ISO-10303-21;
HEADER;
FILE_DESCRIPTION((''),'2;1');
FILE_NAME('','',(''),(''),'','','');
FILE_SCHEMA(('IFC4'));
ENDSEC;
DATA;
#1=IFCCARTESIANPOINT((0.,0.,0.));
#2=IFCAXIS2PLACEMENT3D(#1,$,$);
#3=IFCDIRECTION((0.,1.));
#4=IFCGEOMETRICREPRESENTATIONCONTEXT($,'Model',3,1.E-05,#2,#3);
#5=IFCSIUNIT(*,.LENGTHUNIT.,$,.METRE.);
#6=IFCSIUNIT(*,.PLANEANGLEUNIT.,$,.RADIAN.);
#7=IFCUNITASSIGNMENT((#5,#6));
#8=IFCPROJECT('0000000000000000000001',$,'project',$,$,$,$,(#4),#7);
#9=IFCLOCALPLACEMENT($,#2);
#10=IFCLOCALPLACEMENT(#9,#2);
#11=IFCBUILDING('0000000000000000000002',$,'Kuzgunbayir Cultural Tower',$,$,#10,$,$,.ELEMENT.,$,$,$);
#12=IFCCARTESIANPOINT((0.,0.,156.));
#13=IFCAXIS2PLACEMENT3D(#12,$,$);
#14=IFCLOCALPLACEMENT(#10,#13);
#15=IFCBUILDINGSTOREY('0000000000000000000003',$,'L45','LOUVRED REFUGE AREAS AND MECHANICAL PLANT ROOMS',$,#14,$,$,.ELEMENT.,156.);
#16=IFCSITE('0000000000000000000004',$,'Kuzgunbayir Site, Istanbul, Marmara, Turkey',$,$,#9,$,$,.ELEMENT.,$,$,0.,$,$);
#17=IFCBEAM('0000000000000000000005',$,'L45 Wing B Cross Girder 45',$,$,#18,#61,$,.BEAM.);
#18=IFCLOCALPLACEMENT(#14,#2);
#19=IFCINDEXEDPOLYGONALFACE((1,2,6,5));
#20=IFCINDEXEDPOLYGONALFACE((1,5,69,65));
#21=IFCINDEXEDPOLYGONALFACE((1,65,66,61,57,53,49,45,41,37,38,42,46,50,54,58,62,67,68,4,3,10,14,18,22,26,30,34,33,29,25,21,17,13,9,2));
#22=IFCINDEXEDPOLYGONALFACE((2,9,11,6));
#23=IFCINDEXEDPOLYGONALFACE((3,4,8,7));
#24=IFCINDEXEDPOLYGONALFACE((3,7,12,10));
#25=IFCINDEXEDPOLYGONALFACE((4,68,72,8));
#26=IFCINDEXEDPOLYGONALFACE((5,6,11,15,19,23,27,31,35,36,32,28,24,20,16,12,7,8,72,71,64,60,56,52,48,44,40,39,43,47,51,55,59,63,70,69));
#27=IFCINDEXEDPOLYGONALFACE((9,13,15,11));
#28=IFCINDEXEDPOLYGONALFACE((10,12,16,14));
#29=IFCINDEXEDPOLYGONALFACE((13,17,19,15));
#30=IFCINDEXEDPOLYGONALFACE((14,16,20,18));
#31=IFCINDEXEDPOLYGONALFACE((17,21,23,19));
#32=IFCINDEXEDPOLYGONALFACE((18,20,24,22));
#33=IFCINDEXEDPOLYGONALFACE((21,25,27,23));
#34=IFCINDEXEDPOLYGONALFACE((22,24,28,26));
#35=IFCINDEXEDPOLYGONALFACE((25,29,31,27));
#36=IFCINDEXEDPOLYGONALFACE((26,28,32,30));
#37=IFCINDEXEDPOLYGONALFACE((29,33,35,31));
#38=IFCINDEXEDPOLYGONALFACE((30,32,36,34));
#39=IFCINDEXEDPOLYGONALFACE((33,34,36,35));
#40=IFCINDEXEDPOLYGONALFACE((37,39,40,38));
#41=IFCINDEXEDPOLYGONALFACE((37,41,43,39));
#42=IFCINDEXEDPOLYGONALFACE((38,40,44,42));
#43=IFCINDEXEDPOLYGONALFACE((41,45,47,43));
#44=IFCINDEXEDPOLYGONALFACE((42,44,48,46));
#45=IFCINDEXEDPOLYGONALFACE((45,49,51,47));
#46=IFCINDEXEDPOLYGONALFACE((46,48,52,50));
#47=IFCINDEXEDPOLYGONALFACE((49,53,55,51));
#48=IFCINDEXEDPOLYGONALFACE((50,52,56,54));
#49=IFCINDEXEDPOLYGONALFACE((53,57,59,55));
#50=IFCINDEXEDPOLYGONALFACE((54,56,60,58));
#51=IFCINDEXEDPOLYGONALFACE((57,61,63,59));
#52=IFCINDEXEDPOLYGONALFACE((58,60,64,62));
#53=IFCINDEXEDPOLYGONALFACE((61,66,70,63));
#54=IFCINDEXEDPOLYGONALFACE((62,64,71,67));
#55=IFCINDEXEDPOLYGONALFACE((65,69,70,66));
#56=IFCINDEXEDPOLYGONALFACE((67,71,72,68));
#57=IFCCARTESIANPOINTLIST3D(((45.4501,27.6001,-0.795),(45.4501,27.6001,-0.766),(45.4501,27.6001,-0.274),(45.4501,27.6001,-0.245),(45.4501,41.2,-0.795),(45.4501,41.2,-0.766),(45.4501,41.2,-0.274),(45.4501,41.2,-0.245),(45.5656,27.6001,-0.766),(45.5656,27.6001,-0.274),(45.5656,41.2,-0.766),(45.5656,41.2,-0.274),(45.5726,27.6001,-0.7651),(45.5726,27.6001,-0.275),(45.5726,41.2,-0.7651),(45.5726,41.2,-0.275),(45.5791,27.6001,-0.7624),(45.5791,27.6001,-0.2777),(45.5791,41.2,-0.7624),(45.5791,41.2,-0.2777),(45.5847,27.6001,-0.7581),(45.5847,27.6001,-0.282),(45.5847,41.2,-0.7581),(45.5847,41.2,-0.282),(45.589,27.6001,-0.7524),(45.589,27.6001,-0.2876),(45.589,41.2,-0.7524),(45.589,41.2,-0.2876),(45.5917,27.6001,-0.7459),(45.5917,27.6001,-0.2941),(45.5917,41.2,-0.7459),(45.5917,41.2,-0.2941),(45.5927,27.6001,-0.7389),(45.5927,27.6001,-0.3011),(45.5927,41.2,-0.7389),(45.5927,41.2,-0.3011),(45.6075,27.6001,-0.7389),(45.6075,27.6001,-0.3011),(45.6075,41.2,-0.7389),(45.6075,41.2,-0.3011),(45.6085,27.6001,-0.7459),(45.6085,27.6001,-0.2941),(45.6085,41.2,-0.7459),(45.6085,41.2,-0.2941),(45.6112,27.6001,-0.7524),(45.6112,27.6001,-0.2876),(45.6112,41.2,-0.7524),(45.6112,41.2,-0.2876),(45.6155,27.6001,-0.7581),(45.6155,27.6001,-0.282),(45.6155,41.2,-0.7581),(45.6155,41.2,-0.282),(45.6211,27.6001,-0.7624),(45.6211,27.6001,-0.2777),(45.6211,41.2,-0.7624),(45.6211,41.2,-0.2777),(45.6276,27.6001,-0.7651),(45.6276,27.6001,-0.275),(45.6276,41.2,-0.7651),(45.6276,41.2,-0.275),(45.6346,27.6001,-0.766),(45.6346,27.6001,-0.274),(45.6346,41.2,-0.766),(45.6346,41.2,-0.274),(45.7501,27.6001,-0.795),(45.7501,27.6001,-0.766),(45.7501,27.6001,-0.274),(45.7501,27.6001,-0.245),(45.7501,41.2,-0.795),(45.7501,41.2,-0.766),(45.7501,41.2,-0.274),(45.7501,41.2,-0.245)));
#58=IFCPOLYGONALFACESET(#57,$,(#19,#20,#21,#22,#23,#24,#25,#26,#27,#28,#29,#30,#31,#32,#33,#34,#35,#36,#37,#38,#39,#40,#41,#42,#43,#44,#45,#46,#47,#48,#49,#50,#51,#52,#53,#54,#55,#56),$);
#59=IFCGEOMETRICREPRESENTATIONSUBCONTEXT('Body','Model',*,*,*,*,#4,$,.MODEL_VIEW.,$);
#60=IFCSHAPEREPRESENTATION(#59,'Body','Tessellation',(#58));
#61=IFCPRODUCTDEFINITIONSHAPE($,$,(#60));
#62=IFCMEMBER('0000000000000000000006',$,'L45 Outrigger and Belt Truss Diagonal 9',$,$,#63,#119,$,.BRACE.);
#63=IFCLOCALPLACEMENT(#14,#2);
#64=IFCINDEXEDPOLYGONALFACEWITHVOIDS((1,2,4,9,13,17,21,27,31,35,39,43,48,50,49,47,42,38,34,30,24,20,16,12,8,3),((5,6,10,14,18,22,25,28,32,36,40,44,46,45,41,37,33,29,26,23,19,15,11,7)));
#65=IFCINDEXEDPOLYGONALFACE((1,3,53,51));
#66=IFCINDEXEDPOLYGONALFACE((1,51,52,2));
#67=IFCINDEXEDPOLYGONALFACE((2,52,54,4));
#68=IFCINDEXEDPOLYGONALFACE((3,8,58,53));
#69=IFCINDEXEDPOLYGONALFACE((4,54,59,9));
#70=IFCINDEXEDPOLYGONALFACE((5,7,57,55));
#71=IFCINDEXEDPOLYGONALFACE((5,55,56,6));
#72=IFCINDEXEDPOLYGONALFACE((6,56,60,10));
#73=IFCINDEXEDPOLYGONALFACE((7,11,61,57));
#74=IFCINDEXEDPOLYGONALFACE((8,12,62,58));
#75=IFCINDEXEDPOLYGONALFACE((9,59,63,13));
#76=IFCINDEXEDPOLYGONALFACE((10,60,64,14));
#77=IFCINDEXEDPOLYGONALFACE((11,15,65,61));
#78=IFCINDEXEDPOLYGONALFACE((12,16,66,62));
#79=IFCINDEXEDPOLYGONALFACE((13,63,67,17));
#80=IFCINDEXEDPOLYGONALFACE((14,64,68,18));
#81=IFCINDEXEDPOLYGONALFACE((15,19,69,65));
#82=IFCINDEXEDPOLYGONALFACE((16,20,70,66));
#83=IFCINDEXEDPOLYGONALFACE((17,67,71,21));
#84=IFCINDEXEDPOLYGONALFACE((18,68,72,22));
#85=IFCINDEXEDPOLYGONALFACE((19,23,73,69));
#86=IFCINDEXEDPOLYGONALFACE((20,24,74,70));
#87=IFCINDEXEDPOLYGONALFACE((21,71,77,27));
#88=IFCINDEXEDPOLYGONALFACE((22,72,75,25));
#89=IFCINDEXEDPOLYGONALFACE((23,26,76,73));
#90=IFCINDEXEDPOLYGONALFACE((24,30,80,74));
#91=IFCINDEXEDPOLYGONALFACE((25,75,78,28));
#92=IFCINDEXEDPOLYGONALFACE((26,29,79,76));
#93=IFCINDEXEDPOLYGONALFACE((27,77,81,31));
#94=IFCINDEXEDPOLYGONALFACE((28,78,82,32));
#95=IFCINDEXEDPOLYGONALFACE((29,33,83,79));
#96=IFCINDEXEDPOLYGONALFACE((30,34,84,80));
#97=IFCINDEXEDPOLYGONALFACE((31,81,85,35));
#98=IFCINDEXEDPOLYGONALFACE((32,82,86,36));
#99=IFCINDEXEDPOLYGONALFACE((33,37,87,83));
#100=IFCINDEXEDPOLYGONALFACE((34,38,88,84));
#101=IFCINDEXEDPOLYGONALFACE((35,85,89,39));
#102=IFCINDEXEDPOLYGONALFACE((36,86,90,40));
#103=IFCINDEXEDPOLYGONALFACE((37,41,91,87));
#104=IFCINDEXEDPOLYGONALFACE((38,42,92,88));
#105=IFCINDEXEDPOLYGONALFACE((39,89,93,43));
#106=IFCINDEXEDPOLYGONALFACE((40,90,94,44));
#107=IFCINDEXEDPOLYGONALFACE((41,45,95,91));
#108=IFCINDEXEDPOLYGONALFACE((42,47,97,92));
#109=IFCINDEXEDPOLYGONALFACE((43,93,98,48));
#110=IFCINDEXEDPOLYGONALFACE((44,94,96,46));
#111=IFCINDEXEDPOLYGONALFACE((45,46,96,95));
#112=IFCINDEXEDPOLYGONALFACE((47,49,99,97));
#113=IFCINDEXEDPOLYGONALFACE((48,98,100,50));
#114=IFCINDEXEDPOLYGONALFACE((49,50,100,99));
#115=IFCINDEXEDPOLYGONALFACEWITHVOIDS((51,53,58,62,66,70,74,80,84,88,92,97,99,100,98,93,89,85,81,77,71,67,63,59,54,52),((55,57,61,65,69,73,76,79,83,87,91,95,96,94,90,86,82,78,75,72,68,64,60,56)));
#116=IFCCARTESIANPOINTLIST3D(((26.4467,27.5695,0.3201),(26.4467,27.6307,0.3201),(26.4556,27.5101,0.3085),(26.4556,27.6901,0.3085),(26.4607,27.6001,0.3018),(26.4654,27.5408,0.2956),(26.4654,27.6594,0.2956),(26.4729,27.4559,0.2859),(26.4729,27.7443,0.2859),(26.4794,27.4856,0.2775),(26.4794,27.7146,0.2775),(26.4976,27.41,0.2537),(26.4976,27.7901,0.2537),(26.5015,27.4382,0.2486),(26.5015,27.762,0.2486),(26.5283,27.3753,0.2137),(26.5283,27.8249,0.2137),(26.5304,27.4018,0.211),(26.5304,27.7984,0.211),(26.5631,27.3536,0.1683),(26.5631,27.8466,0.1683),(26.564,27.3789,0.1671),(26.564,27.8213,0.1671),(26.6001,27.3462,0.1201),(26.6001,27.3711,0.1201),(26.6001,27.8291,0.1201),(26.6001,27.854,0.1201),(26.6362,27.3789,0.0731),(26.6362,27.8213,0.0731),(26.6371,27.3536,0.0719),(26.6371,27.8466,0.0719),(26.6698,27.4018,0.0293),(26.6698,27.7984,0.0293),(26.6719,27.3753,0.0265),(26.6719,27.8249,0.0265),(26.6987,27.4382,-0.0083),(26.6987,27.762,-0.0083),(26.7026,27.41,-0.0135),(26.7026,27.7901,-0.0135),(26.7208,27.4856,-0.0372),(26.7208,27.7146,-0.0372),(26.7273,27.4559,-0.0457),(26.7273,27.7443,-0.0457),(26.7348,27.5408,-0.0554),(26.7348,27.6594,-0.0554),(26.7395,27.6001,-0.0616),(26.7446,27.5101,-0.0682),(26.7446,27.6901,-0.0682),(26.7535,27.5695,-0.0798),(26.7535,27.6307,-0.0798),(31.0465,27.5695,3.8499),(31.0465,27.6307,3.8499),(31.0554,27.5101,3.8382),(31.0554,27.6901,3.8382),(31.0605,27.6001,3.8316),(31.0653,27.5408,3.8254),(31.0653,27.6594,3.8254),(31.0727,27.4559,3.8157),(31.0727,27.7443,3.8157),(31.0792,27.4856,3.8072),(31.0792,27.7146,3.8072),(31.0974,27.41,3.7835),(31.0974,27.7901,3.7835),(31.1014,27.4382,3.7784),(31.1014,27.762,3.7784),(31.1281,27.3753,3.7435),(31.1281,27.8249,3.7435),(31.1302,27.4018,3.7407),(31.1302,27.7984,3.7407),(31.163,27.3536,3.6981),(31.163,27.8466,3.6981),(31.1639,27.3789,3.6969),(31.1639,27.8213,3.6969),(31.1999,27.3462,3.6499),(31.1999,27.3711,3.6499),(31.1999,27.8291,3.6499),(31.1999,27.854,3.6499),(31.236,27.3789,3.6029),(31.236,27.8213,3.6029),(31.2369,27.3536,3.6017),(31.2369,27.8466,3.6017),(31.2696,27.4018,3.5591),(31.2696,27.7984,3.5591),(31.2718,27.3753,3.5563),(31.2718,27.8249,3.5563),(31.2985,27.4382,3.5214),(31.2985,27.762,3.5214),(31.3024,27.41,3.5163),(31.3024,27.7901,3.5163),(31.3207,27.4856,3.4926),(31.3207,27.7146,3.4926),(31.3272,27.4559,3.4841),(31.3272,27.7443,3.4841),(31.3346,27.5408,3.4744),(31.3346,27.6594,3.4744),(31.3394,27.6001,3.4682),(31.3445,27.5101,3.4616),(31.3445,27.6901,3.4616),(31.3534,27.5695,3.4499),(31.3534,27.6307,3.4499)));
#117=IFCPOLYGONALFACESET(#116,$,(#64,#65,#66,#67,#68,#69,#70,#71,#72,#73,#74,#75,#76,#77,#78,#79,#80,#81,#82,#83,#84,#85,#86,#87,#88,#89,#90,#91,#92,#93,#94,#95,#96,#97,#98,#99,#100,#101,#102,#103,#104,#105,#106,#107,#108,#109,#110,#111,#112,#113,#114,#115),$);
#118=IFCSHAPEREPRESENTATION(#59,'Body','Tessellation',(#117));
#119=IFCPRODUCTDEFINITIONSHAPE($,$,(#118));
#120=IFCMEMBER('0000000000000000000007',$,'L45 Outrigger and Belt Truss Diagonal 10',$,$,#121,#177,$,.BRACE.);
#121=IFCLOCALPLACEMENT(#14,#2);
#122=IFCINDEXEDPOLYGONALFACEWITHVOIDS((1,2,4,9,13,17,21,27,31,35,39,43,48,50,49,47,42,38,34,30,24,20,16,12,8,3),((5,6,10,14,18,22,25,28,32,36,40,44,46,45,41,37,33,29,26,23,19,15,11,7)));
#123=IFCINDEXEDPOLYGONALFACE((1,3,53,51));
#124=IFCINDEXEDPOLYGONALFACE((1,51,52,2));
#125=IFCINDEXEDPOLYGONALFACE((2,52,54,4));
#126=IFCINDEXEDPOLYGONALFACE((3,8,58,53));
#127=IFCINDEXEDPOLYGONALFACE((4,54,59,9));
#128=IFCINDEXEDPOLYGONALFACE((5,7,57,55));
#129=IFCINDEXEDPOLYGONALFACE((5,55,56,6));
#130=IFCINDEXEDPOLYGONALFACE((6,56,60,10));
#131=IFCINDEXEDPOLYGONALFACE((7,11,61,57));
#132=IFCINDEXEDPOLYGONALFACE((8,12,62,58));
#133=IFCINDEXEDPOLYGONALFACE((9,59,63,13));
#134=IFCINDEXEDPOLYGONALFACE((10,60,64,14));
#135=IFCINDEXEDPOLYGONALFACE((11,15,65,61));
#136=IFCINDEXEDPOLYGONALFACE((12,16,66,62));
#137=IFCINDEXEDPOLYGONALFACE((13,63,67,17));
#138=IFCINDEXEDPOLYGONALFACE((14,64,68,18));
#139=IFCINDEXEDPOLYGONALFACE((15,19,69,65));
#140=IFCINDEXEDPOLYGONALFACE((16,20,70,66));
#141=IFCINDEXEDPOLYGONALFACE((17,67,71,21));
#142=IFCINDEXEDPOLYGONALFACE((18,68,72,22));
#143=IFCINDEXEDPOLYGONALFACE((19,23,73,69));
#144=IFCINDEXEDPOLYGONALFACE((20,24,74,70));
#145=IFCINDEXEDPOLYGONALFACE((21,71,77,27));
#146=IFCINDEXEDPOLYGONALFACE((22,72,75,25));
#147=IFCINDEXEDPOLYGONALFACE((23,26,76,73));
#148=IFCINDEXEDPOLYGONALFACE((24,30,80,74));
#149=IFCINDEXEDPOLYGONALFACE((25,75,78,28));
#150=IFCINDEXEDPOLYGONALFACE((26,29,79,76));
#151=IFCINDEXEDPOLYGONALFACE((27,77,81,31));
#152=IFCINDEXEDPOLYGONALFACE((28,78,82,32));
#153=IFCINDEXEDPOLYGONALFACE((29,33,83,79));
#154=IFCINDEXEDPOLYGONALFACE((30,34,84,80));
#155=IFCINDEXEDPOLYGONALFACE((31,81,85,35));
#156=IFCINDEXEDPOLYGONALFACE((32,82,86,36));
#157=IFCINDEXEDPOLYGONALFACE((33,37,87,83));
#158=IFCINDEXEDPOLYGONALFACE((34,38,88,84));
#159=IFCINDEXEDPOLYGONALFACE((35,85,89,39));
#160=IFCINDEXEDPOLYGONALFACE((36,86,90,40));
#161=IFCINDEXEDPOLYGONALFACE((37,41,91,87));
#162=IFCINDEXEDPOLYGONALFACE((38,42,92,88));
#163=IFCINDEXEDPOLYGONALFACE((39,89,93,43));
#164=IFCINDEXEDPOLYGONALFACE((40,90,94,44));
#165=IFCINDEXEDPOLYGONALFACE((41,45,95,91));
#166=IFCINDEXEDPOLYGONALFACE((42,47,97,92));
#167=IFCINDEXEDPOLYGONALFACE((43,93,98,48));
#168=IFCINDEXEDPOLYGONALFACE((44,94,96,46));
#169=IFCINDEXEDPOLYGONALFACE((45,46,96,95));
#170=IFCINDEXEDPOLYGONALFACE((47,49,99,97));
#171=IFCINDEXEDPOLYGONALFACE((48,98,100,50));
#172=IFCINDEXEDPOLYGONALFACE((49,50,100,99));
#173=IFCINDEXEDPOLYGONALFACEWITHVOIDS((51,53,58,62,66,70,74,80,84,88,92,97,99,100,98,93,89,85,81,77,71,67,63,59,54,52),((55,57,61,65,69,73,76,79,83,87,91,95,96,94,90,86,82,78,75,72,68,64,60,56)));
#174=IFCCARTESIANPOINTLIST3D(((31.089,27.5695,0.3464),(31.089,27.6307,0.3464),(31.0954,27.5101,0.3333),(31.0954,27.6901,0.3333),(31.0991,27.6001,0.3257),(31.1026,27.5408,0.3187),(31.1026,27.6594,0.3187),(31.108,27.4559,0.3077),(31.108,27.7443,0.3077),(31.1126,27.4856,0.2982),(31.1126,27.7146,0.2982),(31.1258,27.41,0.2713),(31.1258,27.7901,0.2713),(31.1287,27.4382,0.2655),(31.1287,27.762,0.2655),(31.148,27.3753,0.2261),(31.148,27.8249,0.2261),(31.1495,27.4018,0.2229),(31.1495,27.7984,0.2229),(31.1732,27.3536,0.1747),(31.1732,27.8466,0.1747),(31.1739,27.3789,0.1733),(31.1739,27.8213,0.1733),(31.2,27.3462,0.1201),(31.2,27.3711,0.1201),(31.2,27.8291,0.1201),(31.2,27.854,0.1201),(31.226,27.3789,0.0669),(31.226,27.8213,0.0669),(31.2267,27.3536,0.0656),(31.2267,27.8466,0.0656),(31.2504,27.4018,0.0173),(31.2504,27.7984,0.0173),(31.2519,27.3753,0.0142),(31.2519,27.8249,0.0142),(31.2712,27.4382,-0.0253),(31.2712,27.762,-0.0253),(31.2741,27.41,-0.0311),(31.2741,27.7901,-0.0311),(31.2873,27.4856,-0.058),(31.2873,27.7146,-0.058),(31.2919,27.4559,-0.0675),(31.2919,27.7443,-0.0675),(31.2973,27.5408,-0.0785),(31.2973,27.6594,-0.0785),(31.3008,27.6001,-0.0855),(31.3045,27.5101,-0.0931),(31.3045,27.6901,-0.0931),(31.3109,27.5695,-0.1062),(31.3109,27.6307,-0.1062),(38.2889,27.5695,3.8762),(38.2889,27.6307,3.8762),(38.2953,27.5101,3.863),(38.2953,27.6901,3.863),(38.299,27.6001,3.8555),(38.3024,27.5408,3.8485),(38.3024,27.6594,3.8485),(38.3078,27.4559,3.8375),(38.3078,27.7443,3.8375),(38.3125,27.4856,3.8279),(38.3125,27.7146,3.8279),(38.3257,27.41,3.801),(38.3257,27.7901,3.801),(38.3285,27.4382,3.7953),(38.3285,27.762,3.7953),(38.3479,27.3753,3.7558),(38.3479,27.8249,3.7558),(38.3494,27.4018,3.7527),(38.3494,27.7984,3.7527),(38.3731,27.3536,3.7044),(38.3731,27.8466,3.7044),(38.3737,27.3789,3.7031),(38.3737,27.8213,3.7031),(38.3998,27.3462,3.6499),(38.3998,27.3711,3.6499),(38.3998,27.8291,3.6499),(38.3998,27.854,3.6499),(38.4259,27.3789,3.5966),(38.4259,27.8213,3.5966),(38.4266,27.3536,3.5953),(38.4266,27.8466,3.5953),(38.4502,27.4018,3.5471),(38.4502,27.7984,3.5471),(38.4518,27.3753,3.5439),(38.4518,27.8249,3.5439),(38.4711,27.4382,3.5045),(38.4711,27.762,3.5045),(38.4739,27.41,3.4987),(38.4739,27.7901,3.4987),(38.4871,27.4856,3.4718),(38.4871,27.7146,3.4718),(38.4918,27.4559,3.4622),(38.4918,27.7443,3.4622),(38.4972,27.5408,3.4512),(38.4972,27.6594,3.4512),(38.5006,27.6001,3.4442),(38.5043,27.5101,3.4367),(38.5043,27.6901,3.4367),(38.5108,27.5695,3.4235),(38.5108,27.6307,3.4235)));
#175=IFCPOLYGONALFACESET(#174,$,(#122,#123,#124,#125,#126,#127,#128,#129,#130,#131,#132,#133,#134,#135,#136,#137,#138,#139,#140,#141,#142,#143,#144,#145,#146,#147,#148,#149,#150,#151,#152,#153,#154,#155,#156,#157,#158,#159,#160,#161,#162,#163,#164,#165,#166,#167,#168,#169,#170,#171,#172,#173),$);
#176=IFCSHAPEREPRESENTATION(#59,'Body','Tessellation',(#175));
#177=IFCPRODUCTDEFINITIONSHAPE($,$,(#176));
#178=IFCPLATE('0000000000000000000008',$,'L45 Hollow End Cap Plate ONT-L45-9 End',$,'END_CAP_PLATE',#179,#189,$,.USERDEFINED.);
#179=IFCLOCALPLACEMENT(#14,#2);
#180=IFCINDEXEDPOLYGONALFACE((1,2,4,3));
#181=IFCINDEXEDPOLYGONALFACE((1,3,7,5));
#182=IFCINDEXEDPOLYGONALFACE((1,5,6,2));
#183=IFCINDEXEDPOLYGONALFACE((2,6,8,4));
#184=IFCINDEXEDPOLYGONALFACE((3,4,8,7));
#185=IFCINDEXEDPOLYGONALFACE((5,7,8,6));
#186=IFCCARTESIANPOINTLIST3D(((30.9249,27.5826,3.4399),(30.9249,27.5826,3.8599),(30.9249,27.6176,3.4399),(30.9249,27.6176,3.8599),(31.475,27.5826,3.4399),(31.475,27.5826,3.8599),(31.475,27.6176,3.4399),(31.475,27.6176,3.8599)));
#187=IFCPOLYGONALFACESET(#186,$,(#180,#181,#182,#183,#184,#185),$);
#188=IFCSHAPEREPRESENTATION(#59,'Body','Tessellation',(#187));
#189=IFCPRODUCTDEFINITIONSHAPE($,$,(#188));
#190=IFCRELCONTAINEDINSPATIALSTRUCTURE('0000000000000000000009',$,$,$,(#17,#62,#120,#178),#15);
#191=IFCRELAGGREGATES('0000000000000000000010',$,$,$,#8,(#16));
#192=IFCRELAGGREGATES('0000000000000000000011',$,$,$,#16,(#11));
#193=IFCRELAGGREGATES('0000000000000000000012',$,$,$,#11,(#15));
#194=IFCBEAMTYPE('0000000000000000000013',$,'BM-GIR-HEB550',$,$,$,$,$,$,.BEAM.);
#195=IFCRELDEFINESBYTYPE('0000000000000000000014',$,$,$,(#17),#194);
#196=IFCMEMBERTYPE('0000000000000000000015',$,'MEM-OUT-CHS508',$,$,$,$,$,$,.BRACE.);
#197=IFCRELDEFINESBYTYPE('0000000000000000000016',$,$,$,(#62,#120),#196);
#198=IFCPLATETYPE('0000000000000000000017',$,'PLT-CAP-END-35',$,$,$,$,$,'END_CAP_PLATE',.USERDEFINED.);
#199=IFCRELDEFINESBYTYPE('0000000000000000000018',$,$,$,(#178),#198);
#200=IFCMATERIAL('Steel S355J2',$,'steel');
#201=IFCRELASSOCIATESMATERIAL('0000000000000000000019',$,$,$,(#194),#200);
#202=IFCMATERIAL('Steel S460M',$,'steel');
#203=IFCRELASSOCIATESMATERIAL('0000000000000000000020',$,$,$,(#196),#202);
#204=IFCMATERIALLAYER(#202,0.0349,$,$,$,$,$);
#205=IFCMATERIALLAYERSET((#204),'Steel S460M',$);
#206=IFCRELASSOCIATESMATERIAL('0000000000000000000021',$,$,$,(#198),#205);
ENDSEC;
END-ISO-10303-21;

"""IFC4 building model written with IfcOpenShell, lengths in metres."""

from ifc_helpers import new_model, si_unit, direction, frame, origin, origin_2d, place, context, subcontext, project, spatial, rectangle, hollow_circle, i_section, extrude, material, layer, layer_set, material_profile, profile_set, type_object, element, save


model = new_model("IFC4")

# Units and contexts
model_context = context("Model", 3, precision=1e-05, world=origin(), true_north=direction((0.0, 1.0)))
body_context = subcontext(model_context, "Body", "Model", "MODEL_VIEW")
ifc_project = project(units=[si_unit("LENGTHUNIT", "METRE"), si_unit("PLANEANGLEUNIT", "RADIAN")], contexts=[model_context])

# Site, building, storey
site_placement = place(None, origin())
site = spatial("IfcSite", under=ifc_project, at=site_placement, Name="Kuzgunbayir Site, Istanbul, Marmara, Turkey", CompositionType="ELEMENT", RefElevation=0.0)
building_placement = place(site_placement, origin())
building = spatial("IfcBuilding", under=site, at=building_placement, Name="Kuzgunbayir Cultural Tower", CompositionType="ELEMENT")
storey_placement = place(building_placement, frame((0.0, 0.0, 156.0)))
storey = spatial("IfcBuildingStorey", under=building, at=storey_placement, Name="L45", Description="LOUVRED REFUGE AREAS AND MECHANICAL PLANT ROOMS", CompositionType="ELEMENT", Elevation=156.0)

# Beam
ifc_material_1 = material(Name="Steel S355J2", Category="steel")
ifc_material_profile_1 = material_profile(ifc_material_1, i_section(OverallWidth=0.3, OverallDepth=0.55, WebThickness=0.0149, FlangeThickness=0.0291, FilletRadius=0.0271, at=origin_2d()), Name="HEB 550")
ifc_profile_set_1 = profile_set([ifc_material_profile_1], Name="Steel S355J2")
beam_type_1 = type_object("IfcBeamType", Name="BM-GIR-HEB550", PredefinedType="BEAM", material=ifc_profile_set_1)
for number, where, z_axis, x_axis, name in (
    (1, (45.6001, 27.6001, -0.52), (0.0, 1.0, 0.0), (-1.0, 0.0, 0.0), "L45 Wing B Cross Girder 45"),
):
    element("IfcBeam", number, at=place(storey_placement, frame(where, z_axis=z_axis, x_axis=x_axis)), inside=storey, type_object=beam_type_1, Name=name, PredefinedType="BEAM", context=body_context, shape_type="SweptSolid", body=[
        extrude(i_section(OverallWidth=0.3, OverallDepth=0.55, WebThickness=0.0149, FlangeThickness=0.0291, FilletRadius=0.0271, at=origin_2d()), origin(), (0.0, 0.0, 1.0), 13.5999),
    ])

# Members
ifc_material_2 = material(Name="Steel S460M", Category="steel")
ifc_material_profile_2 = material_profile(ifc_material_2, hollow_circle(Radius=0.2539, WallThickness=0.0249, at=origin_2d()), Name="CHS 508x25")
ifc_profile_set_2 = profile_set([ifc_material_profile_2], Name="Steel S460M")
member_type = type_object("IfcMemberType", Name="MEM-OUT-CHS508", PredefinedType="BRACE", material=ifc_profile_set_2)
member_1_placement = place(storey_placement, frame((26.6001, 27.6001, 0.1201), z_axis=(0.793337, 0.0, 0.608782), x_axis=(0.0, 1.0, 0.0)))
element("IfcMember", 2, at=member_1_placement, inside=storey, type_object=member_type, Name="L45 Outrigger and Belt Truss Diagonal 9", PredefinedType="BRACE", context=body_context, shape_type="SweptSolid", body=[
    extrude(hollow_circle(Radius=0.2539, WallThickness=0.0249, at=origin_2d()), origin(), (0.0, 0.0, 1.0), 5.7981),
])
member_2_placement = place(storey_placement, frame((31.2, 27.6001, 0.1201), z_axis=(0.897901, 0.0, 0.440197), x_axis=(0.0, 1.0, 0.0)))
element("IfcMember", 3, at=member_2_placement, inside=storey, type_object=member_type, Name="L45 Outrigger and Belt Truss Diagonal 10", PredefinedType="BRACE", context=body_context, shape_type="SweptSolid", body=[
    extrude(hollow_circle(Radius=0.2539, WallThickness=0.0249, at=origin_2d()), origin(), (0.0, 0.0, 1.0), 8.0186),
])

# Plate
ifc_layer_1 = layer(ifc_material_2, 0.0349)
ifc_layer_set_1 = layer_set([ifc_layer_1], Name="Steel S460M")
plate_type_1 = type_object("IfcPlateType", Name="PLT-CAP-END-35", ElementType="END_CAP_PLATE", PredefinedType="USERDEFINED", material=ifc_layer_set_1)
plate_1_placement = place(storey_placement, frame((31.2, 27.6001, 3.4399), z_axis=(0.0, 0.0, 1.0), x_axis=(1.0, 0.0, 0.0)))
element("IfcPlate", 4, at=plate_1_placement, inside=storey, type_object=plate_type_1, Name="L45 Hollow End Cap Plate ONT-L45-9 End", ObjectType="END_CAP_PLATE", PredefinedType="USERDEFINED", context=body_context, shape_type="SweptSolid", body=[
    extrude(rectangle(XDim=0.55, YDim=0.0349, at=origin_2d()), origin(), (0.0, 0.0, 1.0), 0.4199),
])

save(model, "model.ifc")
